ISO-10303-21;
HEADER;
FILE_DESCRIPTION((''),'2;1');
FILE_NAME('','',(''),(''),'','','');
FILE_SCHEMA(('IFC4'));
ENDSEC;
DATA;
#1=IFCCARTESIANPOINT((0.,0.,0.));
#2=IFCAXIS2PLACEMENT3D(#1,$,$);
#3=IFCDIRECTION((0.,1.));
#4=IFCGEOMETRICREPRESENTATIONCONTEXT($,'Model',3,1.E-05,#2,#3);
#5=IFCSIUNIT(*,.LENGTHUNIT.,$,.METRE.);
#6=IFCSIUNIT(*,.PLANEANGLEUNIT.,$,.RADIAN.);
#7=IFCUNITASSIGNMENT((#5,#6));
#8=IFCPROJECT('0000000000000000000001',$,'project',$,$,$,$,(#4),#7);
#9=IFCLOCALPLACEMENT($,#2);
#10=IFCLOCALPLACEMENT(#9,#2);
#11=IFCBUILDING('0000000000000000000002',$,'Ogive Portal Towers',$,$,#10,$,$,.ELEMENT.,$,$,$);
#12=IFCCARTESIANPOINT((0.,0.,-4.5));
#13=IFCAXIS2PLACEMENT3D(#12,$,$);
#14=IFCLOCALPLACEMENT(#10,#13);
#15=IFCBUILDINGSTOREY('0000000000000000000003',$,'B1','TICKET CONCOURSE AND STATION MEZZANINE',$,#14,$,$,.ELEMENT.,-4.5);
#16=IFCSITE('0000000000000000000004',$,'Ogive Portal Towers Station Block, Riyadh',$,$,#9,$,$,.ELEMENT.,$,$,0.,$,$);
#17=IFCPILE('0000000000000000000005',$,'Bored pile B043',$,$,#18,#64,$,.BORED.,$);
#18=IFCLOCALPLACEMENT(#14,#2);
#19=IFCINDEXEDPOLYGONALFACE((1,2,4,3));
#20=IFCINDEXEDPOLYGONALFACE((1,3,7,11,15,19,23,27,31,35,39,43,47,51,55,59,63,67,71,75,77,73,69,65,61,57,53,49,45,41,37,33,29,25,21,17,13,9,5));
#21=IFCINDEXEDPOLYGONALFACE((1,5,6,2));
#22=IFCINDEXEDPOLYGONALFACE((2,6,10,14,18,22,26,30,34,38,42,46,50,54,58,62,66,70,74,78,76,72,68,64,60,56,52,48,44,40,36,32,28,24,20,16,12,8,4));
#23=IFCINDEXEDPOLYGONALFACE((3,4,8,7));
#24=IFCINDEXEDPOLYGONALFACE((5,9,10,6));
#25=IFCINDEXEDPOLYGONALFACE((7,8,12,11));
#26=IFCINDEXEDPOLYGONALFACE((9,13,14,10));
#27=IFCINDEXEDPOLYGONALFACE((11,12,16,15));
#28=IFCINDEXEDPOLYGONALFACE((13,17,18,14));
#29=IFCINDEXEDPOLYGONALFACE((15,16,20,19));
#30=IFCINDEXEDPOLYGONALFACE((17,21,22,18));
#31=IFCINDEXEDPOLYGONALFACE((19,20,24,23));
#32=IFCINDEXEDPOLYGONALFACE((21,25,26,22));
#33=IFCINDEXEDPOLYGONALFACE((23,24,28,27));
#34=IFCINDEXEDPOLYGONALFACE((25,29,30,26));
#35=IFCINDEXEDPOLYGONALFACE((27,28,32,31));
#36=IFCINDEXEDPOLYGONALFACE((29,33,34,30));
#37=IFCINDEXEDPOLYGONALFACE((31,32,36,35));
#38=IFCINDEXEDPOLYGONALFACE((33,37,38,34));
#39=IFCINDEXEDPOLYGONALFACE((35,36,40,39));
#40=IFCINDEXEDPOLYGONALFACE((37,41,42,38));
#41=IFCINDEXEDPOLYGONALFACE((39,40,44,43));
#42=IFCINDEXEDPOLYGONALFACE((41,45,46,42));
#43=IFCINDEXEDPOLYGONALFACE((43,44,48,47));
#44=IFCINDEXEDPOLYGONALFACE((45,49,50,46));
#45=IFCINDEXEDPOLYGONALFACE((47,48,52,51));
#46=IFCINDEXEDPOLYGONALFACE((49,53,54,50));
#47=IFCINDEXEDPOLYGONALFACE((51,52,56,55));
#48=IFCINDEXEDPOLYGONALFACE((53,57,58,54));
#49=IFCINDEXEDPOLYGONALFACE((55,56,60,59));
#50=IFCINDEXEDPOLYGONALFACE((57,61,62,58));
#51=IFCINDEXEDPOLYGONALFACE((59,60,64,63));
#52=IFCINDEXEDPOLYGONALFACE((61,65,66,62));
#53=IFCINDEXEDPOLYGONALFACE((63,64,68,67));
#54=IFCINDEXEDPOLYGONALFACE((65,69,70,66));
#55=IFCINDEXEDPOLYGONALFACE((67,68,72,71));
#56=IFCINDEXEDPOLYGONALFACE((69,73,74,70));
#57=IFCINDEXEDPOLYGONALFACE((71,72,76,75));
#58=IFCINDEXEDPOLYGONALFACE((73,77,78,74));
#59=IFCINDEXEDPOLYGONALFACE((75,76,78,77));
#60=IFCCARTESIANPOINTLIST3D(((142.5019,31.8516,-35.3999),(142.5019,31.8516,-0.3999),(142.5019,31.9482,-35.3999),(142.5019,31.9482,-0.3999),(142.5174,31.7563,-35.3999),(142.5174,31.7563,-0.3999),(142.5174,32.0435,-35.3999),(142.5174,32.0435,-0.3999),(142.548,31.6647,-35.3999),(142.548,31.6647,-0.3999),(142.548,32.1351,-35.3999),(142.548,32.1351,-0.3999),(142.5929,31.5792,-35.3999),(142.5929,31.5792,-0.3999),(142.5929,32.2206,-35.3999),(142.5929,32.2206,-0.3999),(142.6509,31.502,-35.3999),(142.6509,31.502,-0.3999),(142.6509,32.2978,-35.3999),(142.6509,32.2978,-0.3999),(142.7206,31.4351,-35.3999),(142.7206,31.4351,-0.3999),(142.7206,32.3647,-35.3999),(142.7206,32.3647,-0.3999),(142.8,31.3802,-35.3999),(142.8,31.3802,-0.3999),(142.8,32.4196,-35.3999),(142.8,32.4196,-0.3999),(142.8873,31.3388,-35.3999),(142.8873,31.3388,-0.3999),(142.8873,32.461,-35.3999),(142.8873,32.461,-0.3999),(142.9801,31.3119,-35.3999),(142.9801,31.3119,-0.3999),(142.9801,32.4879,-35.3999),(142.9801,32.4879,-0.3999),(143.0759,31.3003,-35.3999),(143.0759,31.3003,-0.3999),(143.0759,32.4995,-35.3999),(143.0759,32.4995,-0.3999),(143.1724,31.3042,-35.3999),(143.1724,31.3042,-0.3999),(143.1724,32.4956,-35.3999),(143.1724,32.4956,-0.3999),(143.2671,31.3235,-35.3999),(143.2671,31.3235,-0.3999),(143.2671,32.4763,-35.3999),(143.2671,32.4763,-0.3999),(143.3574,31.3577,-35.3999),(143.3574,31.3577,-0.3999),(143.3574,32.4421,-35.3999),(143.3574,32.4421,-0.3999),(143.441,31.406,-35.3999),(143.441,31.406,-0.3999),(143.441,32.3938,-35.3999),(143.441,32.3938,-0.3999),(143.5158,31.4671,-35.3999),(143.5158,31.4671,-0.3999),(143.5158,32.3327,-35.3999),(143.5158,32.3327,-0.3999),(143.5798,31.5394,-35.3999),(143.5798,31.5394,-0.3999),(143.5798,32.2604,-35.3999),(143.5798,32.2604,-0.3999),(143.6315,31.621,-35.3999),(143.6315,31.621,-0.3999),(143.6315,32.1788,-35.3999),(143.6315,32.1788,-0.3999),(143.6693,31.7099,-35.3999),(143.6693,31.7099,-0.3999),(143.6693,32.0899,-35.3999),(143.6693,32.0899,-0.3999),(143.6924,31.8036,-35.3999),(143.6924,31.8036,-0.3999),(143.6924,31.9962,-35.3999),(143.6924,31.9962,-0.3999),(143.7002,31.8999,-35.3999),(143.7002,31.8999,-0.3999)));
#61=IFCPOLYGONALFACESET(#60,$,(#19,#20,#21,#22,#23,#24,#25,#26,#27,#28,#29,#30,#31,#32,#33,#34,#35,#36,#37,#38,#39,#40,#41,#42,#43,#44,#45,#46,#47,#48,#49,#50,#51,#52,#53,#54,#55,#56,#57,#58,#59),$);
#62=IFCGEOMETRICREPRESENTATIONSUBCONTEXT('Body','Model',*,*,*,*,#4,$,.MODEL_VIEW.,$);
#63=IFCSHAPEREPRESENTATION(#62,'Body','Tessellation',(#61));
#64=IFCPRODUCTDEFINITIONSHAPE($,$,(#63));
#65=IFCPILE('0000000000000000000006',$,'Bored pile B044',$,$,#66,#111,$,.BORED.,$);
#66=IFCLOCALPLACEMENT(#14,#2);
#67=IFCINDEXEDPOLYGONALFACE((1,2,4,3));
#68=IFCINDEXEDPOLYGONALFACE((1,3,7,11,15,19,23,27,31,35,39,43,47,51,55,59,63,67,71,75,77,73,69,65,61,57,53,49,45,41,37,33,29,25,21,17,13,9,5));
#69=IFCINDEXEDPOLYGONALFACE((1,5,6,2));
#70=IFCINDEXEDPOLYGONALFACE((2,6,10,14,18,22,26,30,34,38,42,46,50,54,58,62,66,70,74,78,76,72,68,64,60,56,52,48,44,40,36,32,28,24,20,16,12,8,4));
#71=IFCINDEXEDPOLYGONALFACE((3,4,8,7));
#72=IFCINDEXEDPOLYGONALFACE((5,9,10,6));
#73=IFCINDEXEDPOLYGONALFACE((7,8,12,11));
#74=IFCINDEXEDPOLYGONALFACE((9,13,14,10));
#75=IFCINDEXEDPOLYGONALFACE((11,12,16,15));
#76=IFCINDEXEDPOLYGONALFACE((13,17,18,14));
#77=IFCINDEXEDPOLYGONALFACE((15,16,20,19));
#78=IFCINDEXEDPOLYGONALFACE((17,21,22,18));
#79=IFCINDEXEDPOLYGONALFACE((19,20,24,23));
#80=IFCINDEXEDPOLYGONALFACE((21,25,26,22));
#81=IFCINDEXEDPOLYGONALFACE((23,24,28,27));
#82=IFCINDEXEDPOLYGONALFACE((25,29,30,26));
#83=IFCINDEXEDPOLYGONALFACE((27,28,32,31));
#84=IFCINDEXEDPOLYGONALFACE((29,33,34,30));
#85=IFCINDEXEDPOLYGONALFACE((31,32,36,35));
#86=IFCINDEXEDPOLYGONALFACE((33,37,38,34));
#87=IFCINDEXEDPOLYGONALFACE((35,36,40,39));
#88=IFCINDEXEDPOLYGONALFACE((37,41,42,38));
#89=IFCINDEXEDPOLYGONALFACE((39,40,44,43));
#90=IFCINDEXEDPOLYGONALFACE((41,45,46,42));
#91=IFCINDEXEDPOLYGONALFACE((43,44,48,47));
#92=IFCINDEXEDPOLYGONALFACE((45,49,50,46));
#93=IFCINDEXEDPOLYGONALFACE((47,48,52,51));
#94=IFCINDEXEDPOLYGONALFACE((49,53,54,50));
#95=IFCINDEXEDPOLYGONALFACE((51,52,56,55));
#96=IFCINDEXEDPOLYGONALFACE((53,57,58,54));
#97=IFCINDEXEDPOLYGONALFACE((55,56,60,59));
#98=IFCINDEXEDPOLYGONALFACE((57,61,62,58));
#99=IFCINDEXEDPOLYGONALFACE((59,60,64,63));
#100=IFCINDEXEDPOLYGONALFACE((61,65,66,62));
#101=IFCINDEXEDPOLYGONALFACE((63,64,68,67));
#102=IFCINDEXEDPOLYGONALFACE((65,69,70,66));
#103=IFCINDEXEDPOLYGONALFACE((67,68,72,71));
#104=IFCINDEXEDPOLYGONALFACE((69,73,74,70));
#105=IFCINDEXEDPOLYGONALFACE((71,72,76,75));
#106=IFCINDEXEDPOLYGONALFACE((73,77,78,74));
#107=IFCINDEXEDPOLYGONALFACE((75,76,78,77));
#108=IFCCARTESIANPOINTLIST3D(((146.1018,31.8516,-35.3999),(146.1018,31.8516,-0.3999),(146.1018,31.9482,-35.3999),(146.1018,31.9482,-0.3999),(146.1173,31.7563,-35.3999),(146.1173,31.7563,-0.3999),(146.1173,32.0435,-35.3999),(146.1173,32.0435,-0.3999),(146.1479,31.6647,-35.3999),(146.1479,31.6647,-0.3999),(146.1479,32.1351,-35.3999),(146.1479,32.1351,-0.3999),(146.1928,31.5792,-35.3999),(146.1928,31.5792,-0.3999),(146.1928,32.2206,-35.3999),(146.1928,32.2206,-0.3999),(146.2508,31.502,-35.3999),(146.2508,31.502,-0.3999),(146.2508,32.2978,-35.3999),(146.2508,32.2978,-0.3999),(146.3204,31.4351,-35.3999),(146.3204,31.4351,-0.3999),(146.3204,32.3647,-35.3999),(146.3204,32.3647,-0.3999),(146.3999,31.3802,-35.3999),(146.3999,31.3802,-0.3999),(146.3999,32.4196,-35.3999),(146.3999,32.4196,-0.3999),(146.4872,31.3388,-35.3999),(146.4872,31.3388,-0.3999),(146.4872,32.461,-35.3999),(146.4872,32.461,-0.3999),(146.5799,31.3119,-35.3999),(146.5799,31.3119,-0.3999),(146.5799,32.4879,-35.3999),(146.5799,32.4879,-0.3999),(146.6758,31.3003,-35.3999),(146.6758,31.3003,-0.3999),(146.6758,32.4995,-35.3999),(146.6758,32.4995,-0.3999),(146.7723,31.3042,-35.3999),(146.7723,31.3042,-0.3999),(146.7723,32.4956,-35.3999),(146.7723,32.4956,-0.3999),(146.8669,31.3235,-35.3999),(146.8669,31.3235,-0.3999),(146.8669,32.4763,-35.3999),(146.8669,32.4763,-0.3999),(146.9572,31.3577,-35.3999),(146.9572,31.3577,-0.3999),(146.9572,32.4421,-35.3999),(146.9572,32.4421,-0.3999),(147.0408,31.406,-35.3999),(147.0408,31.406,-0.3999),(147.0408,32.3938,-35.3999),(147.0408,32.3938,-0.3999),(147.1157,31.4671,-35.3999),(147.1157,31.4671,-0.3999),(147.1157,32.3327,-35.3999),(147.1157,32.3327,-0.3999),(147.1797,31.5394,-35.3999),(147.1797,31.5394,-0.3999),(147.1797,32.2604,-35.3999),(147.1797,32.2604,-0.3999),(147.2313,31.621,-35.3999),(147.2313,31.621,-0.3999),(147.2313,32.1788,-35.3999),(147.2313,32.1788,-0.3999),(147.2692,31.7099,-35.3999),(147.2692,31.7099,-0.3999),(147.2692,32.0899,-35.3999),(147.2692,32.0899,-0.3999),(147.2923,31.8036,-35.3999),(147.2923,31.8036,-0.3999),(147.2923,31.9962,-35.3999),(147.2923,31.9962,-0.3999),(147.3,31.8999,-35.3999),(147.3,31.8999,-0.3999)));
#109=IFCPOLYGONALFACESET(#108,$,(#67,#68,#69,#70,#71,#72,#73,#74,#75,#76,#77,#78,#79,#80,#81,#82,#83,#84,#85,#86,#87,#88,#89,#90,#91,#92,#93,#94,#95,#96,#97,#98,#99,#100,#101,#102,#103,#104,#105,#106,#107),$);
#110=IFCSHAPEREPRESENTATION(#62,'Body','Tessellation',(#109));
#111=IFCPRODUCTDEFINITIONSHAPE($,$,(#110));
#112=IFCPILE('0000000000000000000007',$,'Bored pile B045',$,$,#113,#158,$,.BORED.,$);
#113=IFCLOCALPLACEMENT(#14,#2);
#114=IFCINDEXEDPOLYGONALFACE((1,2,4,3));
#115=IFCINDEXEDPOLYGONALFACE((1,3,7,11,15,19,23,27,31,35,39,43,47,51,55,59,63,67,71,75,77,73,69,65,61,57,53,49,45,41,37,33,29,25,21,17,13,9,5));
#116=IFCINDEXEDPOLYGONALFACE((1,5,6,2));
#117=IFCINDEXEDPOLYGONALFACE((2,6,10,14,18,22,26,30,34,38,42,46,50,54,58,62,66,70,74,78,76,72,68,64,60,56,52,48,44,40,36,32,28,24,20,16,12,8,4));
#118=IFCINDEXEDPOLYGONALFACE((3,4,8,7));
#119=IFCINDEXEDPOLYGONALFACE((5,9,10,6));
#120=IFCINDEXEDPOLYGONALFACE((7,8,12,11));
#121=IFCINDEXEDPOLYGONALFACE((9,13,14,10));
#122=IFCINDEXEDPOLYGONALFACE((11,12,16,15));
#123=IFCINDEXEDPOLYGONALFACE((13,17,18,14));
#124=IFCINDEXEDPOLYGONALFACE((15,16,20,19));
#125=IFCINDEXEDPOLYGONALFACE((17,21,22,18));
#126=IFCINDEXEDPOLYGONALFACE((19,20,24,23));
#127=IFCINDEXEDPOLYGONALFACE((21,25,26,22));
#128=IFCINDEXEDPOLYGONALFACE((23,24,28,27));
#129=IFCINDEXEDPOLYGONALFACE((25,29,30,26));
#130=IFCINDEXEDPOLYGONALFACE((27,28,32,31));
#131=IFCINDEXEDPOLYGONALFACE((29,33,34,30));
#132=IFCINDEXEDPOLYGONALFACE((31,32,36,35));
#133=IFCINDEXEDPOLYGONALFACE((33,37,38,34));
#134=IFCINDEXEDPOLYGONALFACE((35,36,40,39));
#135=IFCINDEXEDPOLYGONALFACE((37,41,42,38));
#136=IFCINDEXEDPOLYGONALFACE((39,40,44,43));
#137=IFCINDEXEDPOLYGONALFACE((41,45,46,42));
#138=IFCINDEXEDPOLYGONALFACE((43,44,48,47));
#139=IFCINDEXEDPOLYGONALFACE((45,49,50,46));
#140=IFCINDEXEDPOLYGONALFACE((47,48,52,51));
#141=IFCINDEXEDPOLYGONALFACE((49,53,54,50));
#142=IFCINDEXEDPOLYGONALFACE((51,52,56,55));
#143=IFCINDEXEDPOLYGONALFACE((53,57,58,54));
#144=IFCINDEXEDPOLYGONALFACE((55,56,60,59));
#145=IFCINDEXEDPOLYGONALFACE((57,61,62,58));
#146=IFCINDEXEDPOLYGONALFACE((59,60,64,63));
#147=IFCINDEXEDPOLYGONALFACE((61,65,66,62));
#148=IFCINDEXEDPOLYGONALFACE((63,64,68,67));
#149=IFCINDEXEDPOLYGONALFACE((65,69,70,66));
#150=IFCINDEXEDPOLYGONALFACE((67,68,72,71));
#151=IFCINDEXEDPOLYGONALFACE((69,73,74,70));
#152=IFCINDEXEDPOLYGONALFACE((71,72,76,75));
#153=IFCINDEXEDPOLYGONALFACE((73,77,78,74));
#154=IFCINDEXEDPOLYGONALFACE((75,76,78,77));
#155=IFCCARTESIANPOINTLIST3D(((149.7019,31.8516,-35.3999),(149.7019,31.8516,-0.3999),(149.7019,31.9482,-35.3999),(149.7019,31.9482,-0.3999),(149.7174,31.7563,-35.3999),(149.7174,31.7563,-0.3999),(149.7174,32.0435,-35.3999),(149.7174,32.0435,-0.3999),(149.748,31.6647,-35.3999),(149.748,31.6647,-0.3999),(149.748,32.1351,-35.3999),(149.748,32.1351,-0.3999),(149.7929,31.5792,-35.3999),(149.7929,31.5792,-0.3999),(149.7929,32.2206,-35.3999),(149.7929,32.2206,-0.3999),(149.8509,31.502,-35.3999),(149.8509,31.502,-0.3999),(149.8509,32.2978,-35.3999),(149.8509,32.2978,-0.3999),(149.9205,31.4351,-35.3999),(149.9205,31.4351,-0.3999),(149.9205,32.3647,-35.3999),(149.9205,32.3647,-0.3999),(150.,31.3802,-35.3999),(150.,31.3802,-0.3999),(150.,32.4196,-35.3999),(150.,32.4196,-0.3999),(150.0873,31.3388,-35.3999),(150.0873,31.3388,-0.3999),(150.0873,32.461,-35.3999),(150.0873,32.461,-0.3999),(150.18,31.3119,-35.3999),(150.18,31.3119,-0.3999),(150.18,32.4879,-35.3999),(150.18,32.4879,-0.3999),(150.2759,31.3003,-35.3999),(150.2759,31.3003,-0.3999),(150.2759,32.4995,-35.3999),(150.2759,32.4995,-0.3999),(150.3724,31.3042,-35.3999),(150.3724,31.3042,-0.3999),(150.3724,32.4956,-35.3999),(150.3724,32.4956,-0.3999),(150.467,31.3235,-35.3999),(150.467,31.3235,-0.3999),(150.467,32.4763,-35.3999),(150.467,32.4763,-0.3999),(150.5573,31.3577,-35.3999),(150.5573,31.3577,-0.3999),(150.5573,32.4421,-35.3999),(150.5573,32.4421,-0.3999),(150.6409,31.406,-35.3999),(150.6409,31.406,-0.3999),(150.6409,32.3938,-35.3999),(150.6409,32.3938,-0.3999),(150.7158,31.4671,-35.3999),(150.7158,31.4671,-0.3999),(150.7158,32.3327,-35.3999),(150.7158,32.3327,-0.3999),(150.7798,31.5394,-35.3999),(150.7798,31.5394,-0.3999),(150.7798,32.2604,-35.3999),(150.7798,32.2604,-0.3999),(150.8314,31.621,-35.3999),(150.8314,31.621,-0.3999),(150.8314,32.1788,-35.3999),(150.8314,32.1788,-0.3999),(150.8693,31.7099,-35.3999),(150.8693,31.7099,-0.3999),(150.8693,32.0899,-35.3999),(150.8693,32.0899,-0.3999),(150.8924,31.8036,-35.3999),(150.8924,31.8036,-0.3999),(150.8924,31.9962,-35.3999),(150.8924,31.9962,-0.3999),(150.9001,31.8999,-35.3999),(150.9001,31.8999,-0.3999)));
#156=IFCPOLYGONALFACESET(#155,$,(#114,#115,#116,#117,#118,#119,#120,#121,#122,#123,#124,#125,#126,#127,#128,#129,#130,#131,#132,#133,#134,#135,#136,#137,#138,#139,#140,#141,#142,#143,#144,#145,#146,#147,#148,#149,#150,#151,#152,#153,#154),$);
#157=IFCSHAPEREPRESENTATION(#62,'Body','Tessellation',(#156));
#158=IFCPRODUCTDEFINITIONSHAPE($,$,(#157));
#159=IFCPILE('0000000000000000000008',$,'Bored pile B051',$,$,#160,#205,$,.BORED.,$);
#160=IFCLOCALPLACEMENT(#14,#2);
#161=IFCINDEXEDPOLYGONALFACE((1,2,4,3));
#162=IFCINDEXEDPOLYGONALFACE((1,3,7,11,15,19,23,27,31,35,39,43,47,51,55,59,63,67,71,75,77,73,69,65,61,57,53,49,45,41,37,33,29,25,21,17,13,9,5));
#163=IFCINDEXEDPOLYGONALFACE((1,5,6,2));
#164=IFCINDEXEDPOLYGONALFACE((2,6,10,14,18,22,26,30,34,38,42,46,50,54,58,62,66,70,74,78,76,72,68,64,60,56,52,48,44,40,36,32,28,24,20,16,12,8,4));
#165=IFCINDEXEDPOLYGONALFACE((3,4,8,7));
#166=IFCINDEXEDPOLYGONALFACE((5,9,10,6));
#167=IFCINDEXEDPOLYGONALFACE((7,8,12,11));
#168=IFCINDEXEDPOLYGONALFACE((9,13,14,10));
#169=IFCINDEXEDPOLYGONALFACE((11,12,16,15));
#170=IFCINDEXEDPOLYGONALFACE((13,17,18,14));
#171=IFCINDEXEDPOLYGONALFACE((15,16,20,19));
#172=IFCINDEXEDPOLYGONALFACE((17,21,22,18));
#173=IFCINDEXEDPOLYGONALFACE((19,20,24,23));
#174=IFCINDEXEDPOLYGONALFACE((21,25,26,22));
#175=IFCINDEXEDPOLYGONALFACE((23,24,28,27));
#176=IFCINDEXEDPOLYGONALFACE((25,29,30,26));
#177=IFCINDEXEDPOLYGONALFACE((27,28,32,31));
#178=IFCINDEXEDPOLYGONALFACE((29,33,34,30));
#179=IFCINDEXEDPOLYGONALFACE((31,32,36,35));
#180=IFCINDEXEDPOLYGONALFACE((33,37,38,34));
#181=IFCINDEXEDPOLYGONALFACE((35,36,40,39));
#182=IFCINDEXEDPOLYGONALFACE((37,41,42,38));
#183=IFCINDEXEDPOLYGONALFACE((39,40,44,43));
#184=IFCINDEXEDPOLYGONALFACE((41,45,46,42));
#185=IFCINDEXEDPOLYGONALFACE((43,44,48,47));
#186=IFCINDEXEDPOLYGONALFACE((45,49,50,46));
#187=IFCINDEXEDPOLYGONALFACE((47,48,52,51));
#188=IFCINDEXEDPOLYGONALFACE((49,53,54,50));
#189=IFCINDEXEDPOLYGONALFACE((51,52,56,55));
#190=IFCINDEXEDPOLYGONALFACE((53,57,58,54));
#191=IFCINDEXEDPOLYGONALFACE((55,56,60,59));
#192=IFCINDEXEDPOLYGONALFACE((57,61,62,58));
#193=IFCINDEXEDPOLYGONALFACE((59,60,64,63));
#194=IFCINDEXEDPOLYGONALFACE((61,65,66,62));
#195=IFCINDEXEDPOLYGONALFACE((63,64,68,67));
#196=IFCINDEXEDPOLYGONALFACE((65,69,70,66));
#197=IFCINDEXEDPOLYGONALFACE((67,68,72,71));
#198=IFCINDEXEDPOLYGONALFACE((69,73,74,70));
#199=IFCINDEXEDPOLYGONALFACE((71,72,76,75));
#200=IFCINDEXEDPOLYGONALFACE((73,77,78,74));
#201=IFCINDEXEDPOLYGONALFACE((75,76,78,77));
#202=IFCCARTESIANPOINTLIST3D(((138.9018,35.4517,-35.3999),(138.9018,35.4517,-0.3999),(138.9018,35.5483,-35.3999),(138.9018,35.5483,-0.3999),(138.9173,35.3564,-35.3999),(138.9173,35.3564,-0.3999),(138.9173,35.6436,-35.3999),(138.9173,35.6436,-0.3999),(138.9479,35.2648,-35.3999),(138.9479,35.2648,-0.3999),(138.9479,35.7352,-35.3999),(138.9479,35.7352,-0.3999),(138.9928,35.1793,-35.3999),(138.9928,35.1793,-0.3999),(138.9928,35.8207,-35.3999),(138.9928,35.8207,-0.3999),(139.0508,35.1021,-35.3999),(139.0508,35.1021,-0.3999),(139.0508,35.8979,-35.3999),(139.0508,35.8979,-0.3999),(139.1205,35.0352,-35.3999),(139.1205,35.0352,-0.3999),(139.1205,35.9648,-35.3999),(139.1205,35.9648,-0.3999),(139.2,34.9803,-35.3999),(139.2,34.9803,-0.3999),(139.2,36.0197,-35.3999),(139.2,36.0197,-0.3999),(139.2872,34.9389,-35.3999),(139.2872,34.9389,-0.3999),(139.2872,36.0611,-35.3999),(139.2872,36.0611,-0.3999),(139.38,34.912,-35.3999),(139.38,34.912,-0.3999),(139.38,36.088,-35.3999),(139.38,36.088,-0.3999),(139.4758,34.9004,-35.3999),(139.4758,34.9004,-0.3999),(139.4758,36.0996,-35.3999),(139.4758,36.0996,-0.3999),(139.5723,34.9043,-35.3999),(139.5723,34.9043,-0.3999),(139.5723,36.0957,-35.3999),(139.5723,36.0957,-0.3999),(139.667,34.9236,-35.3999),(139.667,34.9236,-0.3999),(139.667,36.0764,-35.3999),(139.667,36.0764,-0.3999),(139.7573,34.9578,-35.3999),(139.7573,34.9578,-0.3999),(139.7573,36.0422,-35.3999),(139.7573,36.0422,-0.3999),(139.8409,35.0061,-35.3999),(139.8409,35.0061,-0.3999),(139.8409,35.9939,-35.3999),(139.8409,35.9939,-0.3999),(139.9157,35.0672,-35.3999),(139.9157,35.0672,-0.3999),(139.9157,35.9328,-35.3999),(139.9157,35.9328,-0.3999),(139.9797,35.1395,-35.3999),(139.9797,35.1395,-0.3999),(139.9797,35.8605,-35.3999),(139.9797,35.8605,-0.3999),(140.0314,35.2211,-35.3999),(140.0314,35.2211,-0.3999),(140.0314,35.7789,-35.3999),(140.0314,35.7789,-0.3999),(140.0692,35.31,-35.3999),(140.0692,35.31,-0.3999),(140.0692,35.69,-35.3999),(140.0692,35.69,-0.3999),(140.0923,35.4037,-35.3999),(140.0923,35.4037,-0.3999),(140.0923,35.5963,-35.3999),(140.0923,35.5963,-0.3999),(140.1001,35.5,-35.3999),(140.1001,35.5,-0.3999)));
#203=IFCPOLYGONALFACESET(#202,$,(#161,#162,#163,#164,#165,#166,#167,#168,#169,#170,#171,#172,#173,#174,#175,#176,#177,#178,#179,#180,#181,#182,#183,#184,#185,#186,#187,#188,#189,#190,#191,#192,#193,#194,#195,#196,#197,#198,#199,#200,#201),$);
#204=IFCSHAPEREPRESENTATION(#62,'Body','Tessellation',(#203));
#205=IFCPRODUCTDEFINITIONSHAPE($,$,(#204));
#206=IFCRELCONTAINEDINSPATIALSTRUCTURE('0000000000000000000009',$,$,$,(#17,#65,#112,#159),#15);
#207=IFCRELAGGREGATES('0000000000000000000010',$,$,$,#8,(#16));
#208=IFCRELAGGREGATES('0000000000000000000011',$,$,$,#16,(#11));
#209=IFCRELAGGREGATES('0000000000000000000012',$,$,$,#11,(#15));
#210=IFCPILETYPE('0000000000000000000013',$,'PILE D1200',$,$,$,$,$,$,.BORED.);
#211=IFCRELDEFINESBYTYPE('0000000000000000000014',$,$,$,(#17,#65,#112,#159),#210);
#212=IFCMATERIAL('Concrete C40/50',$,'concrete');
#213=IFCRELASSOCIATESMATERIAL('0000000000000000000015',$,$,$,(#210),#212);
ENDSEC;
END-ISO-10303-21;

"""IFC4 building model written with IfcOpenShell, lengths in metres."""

from ifc_helpers import new_model, si_unit, direction, frame, origin, origin_2d, place, context, subcontext, project, spatial, circle, extrude, material, material_profile, profile_set, type_object, element, save


model = new_model("IFC4")

# Units and contexts
model_context = context("Model", 3, precision=1e-05, world=origin(), true_north=direction((0.0, 1.0)))
body_context = subcontext(model_context, "Body", "Model", "MODEL_VIEW")
ifc_project = project(units=[si_unit("LENGTHUNIT", "METRE"), si_unit("PLANEANGLEUNIT", "RADIAN")], contexts=[model_context])

# Site, building, storey
site_placement = place(None, origin())
site = spatial("IfcSite", under=ifc_project, at=site_placement, Name="Ogive Portal Towers Station Block, Riyadh", CompositionType="ELEMENT", RefElevation=0.0)
building_placement = place(site_placement, origin())
building = spatial("IfcBuilding", under=site, at=building_placement, Name="Ogive Portal Towers", CompositionType="ELEMENT")
storey_placement = place(building_placement, frame((0.0, 0.0, -4.5)))
storey = spatial("IfcBuildingStorey", under=building, at=storey_placement, Name="B1", Description="TICKET CONCOURSE AND STATION MEZZANINE", CompositionType="ELEMENT", Elevation=-4.5)

# Piles
ifc_material_1 = material(Name="Concrete C40/50", Category="concrete")
ifc_material_profile_1 = material_profile(ifc_material_1, circle(Radius=0.6001, at=origin_2d()), Name="PILE D1200")
ifc_profile_set_1 = profile_set([ifc_material_profile_1], Name="Concrete C40/50")
pile_type = type_object("IfcPileType", Name="PILE D1200", PredefinedType="BORED", material=ifc_profile_set_1)
for number, where, z_axis, x_axis, name in (
    (1, (143.1001, 31.8999, -0.3999), (0.0, 0.0, -1.0), (1.0, 0.0, 0.0), "Bored pile B043"),
    (2, (146.7, 31.8999, -0.3999), (0.0, 0.0, -1.0), (1.0, 0.0, 0.0), "Bored pile B044"),
    (3, (150.3, 31.8999, -0.3999), (0.0, 0.0, -1.0), (1.0, 0.0, 0.0), "Bored pile B045"),
    (4, (139.5, 35.5, -0.3999), (0.0, 0.0, -1.0), (1.0, 0.0, 0.0), "Bored pile B051"),
):
    element("IfcPile", number, at=place(storey_placement, frame(where, z_axis=z_axis, x_axis=x_axis)), inside=storey, type_object=pile_type, Name=name, PredefinedType="BORED", context=body_context, shape_type="SweptSolid", body=[
        extrude(circle(Radius=0.6001, at=origin_2d()), origin(), (0.0, 0.0, 1.0), 35.0),
    ])

save(model, "model.ifc")
